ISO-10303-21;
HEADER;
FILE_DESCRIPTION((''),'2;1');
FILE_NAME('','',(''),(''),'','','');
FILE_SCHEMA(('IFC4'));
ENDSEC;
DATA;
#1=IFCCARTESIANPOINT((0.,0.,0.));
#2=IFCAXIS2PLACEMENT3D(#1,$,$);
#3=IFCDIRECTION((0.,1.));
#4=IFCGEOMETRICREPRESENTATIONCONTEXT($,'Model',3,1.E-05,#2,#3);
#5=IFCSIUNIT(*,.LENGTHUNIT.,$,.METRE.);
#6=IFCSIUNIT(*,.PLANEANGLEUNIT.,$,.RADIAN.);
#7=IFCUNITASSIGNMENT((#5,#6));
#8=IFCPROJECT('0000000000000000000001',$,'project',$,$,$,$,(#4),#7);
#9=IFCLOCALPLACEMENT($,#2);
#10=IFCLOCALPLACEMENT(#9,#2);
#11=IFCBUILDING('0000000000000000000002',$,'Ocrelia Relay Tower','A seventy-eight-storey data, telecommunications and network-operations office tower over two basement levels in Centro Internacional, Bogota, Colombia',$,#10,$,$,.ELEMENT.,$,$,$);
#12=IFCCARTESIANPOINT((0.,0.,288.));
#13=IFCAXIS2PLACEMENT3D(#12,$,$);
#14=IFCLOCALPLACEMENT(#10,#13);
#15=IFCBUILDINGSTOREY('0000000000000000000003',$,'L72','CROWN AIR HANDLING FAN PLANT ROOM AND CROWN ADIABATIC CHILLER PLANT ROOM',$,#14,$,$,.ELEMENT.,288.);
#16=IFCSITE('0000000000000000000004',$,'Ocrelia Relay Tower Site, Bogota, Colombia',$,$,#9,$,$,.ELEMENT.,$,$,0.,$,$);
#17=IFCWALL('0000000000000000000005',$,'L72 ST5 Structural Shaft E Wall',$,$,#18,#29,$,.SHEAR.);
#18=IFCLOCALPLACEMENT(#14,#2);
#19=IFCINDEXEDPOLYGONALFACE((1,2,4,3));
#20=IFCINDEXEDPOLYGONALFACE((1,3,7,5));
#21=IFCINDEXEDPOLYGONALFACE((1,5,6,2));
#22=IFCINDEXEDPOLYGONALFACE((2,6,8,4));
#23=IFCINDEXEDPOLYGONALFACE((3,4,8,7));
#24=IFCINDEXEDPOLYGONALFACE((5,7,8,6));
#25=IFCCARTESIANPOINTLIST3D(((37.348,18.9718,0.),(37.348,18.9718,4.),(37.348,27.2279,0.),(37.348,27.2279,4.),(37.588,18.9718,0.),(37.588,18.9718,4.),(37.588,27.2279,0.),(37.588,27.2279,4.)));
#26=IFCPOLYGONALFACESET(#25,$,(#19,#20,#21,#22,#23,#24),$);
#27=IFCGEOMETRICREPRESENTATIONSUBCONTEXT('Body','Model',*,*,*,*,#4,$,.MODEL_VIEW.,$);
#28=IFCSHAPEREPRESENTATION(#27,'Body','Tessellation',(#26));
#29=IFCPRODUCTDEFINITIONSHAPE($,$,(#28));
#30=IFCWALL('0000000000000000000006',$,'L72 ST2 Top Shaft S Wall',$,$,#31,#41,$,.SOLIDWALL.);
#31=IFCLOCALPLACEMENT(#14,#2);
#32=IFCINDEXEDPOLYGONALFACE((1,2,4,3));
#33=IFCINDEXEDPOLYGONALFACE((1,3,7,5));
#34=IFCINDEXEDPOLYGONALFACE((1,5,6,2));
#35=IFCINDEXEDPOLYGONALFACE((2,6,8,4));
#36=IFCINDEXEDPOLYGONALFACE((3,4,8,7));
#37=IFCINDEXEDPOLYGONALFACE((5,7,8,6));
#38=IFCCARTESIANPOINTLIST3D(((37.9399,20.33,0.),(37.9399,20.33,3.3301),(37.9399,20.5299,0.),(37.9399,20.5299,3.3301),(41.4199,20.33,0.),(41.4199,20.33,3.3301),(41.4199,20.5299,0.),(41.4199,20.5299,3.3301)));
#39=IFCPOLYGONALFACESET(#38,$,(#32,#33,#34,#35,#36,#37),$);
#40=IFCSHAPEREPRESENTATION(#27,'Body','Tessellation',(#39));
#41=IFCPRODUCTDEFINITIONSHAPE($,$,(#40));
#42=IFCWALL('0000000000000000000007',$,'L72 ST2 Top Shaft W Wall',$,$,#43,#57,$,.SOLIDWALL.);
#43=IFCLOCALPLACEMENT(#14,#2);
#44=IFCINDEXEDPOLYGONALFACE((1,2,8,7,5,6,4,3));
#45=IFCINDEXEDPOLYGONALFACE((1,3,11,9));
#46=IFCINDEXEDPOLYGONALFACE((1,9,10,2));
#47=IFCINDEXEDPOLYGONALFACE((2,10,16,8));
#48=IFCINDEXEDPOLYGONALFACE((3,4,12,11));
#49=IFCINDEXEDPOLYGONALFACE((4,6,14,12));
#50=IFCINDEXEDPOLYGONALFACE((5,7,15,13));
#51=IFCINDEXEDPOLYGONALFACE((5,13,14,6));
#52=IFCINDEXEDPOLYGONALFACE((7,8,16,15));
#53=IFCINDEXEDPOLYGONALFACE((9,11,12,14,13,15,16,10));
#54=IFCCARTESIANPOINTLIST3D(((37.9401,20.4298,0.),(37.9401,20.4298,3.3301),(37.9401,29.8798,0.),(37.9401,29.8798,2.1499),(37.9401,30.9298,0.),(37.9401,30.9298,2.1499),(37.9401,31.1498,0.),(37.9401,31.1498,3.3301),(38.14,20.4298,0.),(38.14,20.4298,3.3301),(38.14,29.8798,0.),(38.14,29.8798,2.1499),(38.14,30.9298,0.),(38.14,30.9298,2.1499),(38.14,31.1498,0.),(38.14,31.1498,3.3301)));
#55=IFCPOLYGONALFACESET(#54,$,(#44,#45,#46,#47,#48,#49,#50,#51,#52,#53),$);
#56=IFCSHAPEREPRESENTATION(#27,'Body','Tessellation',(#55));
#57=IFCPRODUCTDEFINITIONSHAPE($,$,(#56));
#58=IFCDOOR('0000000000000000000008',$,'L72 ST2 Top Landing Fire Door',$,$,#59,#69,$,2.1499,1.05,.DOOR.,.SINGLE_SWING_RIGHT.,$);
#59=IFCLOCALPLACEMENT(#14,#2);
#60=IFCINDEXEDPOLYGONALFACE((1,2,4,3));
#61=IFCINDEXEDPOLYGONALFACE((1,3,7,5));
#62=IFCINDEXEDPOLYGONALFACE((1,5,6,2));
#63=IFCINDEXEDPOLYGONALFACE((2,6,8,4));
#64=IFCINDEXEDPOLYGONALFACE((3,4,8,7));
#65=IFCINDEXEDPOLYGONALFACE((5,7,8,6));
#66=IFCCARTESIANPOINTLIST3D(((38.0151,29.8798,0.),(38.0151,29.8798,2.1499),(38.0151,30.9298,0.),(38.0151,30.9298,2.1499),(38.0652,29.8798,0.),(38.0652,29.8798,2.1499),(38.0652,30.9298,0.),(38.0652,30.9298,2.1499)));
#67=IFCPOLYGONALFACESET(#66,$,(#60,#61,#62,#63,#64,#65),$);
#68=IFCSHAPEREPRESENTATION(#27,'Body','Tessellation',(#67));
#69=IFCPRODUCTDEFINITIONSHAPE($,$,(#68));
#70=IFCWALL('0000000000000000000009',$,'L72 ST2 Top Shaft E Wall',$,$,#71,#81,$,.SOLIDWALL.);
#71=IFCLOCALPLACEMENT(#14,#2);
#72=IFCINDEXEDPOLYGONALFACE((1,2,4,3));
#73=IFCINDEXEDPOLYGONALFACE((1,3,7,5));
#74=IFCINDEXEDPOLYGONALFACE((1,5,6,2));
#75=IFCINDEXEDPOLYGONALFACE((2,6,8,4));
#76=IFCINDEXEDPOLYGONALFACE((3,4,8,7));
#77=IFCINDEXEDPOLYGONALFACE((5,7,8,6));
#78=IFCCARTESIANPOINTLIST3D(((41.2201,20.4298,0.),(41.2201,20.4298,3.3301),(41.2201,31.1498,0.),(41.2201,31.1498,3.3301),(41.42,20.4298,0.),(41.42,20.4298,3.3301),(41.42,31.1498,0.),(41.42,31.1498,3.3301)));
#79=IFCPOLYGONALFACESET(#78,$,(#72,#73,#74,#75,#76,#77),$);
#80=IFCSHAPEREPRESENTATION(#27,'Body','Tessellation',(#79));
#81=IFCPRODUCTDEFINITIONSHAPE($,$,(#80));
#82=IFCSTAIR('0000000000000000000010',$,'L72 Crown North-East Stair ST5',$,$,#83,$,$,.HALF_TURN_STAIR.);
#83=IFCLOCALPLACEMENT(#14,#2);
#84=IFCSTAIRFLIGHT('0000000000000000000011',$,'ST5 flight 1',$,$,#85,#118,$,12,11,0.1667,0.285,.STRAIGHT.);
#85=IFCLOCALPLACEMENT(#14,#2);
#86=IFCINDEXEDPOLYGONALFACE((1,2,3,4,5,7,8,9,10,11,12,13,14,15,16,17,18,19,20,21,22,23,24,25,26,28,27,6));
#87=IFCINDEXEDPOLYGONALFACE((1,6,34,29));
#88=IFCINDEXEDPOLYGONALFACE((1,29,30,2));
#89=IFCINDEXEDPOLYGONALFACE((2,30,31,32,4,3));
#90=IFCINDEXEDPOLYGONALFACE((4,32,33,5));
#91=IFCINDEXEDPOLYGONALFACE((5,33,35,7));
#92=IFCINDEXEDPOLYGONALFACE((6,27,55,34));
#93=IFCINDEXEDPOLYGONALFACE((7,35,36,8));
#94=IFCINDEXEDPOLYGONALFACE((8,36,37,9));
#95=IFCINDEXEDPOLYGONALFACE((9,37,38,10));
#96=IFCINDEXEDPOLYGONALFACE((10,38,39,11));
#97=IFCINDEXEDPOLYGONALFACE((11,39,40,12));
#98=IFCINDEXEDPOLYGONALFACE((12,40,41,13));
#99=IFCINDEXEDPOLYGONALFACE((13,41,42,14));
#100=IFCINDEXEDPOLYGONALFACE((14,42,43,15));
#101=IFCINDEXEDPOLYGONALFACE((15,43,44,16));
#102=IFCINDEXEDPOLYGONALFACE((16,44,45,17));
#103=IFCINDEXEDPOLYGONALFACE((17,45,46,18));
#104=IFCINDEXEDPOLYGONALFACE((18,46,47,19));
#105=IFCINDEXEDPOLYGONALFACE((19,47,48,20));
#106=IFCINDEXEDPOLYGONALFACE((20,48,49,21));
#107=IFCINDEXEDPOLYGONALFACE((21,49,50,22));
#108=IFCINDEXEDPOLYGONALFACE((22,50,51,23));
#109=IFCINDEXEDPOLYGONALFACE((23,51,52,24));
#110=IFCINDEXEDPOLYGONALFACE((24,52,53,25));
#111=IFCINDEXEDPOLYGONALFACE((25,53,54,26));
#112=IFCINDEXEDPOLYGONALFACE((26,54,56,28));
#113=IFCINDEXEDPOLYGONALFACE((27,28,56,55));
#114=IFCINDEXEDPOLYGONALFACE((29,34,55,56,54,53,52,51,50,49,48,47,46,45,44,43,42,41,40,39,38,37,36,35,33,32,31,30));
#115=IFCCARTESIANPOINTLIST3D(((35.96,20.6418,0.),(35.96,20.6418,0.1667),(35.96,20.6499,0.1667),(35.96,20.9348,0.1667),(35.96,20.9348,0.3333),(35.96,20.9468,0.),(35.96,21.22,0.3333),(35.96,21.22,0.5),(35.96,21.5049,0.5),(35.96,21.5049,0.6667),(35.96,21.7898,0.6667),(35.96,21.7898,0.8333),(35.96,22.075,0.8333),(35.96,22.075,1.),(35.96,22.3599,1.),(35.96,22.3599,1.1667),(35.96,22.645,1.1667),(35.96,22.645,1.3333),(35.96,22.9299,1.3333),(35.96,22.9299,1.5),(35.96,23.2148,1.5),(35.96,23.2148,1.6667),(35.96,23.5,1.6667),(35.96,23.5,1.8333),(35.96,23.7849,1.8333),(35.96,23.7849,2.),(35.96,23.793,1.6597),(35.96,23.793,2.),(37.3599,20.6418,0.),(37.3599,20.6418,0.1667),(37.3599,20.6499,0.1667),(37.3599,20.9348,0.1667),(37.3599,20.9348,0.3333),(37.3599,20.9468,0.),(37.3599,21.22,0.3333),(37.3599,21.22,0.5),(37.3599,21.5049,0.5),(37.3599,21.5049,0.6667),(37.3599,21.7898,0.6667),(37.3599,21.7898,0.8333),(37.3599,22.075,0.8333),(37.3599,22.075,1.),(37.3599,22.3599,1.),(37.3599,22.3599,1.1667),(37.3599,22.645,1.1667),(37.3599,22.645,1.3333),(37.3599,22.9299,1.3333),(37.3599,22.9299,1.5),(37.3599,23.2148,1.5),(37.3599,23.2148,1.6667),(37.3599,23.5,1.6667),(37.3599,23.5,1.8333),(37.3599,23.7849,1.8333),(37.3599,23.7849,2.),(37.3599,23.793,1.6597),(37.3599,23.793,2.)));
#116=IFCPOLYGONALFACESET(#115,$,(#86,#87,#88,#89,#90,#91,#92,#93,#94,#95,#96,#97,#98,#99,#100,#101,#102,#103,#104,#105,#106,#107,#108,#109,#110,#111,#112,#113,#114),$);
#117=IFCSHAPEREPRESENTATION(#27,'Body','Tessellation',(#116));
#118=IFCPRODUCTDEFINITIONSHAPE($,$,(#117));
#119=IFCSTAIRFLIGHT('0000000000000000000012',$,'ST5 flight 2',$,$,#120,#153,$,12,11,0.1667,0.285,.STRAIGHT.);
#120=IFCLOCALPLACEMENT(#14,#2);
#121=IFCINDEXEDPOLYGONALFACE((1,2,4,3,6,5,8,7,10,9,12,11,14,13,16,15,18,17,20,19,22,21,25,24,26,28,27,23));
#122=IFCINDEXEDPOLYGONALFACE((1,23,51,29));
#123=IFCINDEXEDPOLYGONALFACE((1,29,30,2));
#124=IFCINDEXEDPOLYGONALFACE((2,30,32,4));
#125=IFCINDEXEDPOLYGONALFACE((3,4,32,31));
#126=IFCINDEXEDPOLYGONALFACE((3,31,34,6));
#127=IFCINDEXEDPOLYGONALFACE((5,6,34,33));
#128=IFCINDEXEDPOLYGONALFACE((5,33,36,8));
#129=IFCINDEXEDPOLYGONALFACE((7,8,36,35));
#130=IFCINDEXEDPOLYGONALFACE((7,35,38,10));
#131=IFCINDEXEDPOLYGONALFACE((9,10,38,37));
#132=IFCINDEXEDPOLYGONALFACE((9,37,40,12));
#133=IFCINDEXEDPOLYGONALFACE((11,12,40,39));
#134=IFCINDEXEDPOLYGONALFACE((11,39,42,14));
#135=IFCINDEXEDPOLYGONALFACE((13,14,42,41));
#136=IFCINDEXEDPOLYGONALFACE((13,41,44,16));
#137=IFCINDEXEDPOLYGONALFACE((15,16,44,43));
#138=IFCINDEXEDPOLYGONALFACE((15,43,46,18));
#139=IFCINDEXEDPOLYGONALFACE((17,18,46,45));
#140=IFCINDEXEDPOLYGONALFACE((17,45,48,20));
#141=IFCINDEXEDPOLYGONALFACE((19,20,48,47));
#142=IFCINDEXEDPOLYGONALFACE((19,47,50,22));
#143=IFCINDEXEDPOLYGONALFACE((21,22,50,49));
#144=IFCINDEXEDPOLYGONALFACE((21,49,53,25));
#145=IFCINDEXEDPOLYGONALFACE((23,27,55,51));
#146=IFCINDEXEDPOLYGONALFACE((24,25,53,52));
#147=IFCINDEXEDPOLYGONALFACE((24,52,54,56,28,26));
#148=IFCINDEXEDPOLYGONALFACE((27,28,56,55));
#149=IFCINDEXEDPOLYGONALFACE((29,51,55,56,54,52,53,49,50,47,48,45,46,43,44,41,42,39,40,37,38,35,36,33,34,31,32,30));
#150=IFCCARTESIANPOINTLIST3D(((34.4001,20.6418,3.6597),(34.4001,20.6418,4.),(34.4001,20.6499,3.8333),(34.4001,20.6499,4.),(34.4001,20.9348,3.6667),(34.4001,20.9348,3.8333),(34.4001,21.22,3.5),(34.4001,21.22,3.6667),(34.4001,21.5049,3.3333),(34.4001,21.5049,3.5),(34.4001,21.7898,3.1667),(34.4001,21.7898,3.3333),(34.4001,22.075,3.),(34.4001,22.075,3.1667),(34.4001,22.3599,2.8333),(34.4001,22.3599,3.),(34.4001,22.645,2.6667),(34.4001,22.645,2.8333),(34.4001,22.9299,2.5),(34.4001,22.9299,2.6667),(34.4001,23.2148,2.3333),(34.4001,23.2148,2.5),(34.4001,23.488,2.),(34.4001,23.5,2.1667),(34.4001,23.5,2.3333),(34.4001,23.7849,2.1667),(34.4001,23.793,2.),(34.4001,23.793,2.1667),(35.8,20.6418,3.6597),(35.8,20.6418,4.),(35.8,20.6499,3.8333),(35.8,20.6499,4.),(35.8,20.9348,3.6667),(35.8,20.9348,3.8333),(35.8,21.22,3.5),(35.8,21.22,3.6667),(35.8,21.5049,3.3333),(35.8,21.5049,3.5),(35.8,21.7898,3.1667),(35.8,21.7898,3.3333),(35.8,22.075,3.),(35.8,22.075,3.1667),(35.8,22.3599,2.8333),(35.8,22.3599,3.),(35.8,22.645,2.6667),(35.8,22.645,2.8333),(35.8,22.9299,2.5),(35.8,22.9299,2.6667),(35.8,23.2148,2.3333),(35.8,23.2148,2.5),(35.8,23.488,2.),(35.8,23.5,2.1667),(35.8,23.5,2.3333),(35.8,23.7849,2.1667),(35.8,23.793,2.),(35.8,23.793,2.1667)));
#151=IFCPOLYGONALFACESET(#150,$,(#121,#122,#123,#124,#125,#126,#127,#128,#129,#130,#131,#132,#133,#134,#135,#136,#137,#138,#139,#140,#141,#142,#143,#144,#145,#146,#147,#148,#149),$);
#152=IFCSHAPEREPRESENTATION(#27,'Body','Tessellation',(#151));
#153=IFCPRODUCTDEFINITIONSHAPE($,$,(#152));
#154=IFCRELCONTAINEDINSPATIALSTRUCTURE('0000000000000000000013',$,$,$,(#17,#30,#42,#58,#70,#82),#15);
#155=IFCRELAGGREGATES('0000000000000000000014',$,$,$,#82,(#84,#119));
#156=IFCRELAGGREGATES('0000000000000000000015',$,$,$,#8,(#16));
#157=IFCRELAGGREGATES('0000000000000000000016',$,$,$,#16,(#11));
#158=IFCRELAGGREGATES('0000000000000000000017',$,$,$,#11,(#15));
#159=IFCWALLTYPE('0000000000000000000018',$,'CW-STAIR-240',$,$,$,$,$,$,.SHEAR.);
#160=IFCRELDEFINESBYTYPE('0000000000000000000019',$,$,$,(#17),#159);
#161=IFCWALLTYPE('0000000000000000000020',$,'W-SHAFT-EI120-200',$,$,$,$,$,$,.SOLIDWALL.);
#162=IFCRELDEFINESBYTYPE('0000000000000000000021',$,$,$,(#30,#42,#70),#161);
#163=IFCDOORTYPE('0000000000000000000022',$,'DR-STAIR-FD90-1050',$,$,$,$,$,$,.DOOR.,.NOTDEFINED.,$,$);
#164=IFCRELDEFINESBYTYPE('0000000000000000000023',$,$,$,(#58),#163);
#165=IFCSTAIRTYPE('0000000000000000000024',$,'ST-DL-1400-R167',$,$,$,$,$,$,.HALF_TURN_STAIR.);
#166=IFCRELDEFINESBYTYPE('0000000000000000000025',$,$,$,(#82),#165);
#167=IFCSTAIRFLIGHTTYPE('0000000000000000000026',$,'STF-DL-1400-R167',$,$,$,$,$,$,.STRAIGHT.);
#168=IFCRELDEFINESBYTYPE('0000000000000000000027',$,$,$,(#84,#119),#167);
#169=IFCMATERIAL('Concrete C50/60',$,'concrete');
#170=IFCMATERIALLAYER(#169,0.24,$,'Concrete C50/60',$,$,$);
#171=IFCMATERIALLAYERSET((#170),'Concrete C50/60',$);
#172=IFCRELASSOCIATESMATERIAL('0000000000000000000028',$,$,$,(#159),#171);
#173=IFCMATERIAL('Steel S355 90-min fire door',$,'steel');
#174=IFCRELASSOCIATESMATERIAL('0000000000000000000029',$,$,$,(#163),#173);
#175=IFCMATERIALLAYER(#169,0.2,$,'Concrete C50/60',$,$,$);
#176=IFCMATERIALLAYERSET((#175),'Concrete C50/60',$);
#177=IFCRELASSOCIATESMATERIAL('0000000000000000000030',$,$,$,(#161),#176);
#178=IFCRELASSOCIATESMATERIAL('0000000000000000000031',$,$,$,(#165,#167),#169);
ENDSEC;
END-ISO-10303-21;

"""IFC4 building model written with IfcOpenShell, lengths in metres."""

from ifc_helpers import new_model, si_unit, direction, frame, frame_2d, origin, place, context, subcontext, project, spatial, polyline, rectangle, outline, extrude, material, layer, layer_set, type_object, element, fill, aggregate, save


model = new_model("IFC4")

# Units and contexts
model_context = context("Model", 3, precision=1e-05, world=origin(), true_north=direction((0.0, 1.0)))
body_context = subcontext(model_context, "Body", "Model", "MODEL_VIEW")
ifc_project = project(units=[si_unit("LENGTHUNIT", "METRE"), si_unit("PLANEANGLEUNIT", "RADIAN")], contexts=[model_context])

# Site, building, storey
site_placement = place(None, origin())
site = spatial("IfcSite", under=ifc_project, at=site_placement, Name="Ocrelia Relay Tower Site, Bogota, Colombia", CompositionType="ELEMENT", RefElevation=0.0)
building_placement = place(site_placement, origin())
building = spatial("IfcBuilding", under=site, at=building_placement, Name="Ocrelia Relay Tower", Description="A seventy-eight-storey data, telecommunications and network-operations office tower over two basement levels in Centro Internacional, Bogota, Colombia", CompositionType="ELEMENT")
storey_placement = place(building_placement, frame((0.0, 0.0, 288.0)))
storey = spatial("IfcBuildingStorey", under=building, at=storey_placement, Name="L72", Description="CROWN AIR HANDLING FAN PLANT ROOM AND CROWN ADIABATIC CHILLER PLANT ROOM", CompositionType="ELEMENT", Elevation=288.0)

# Shared definitions
ifc_material_1 = material(Name="Concrete C50/60", Category="concrete")

# Shared definitions
ifc_layer_1 = layer(ifc_material_1, 0.24, Name="Concrete C50/60")
ifc_layer_set_1 = layer_set([ifc_layer_1], Name="Concrete C50/60")
wall_type_1 = type_object("IfcWallType", Name="CW-STAIR-240", PredefinedType="SHEAR", material=ifc_layer_set_1)
ifc_material_2 = material(Name="Steel S355 90-min fire door", Category="steel")
door_type = type_object("IfcDoorType", Name="DR-STAIR-FD90-1050", OperationType="NOTDEFINED", PredefinedType="DOOR", material=ifc_material_2)

# Walls
for number, where, z_axis, x_axis, name in (
    (1, (37.468, 18.9719, 0.0), (0.0, 0.0, 1.0), (0.0, 1.0, 0.0), "L72 ST5 Structural Shaft E Wall"),
):
    element("IfcWall", number, at=place(storey_placement, frame(where, z_axis=z_axis, x_axis=x_axis)), inside=storey, type_object=wall_type_1, Name=name, PredefinedType="SHEAR", context=body_context, shape_type="SweptSolid", body=[
        extrude(rectangle(XDim=8.2561, YDim=0.24, at=frame_2d((4.1279, 0.0))), origin(), (0.0, 0.0, 1.0), 4.0),
    ])
ifc_layer_2 = layer(ifc_material_1, 0.2, Name="Concrete C50/60")
ifc_layer_set_2 = layer_set([ifc_layer_2], Name="Concrete C50/60")
wall_type_2 = type_object("IfcWallType", Name="W-SHAFT-EI120-200", PredefinedType="SOLIDWALL", material=ifc_layer_set_2)
wall_1_placement = place(storey_placement, frame((37.9399, 20.4299, 0.0), z_axis=(0.0, 0.0, 1.0), x_axis=(1.0, 0.0, 0.0)))
element("IfcWall", 2, at=wall_1_placement, inside=storey, type_object=wall_type_2, Name="L72 ST2 Top Shaft S Wall", PredefinedType="SOLIDWALL", context=body_context, shape_type="SweptSolid", body=[
    extrude(rectangle(XDim=3.48, YDim=0.2, at=frame_2d((1.74, 0.0))), origin(), (0.0, 0.0, 1.0), 3.3301),
])

# Wall, opening, door
wall_2_placement = place(storey_placement, frame((38.04, 20.4299, 0.0), z_axis=(0.0, 0.0, 1.0), x_axis=(0.0, 1.0, 0.0)))
wall_2 = element("IfcWall", 3, at=wall_2_placement, inside=storey, type_object=wall_type_2, Name="L72 ST2 Top Shaft W Wall", PredefinedType="SOLIDWALL", context=body_context, shape_type="SweptSolid", body=[
    extrude(rectangle(XDim=10.72, YDim=0.2, at=frame_2d((5.3599, 0.0))), origin(), (0.0, 0.0, 1.0), 3.3301),
])
opening_1_placement = place(wall_2_placement, frame((9.45, 0.0, 0.0)))
opening_1 = element("IfcOpeningElement", 4, at=opening_1_placement, cuts=wall_2, PredefinedType="OPENING", context=body_context, shape_type="SweptSolid", body=[
    extrude(rectangle(XDim=1.05, YDim=2.1499, at=frame_2d((0.5249, 1.075))), frame((0.0, 0.1099, 0.0), z_axis=(0.0, -1.0, 0.0), x_axis=(1.0, 0.0, 0.0)), (0.0, 0.0, 1.0), 0.22),
])
door_1_placement = place(opening_1_placement, origin())
door_1 = element("IfcDoor", 5, at=door_1_placement, inside=storey, type_object=door_type, Name="L72 ST2 Top Landing Fire Door", OperationType="SINGLE_SWING_RIGHT", OverallHeight=2.1499, OverallWidth=1.05, PredefinedType="DOOR", context=body_context, shape_type="SweptSolid", body=[
    extrude(rectangle(XDim=1.05, YDim=2.1499, at=frame_2d((0.5249, 1.075))), frame((0.0, 0.0249, 0.0), z_axis=(0.0, -1.0, 0.0), x_axis=(1.0, 0.0, 0.0)), (0.0, 0.0, 1.0), 0.05),
])
fill(opening_1, door_1)

# Wall
wall_3_placement = place(storey_placement, frame((41.3201, 20.4299, 0.0), z_axis=(0.0, 0.0, 1.0), x_axis=(0.0, 1.0, 0.0)))
element("IfcWall", 6, at=wall_3_placement, inside=storey, type_object=wall_type_2, Name="L72 ST2 Top Shaft E Wall", PredefinedType="SOLIDWALL", context=body_context, shape_type="SweptSolid", body=[
    extrude(rectangle(XDim=10.72, YDim=0.2, at=frame_2d((5.3599, 0.0))), origin(), (0.0, 0.0, 1.0), 3.3301),
])

# Stair, stair flights
stair_type = type_object("IfcStairType", Name="ST-DL-1400-R167", PredefinedType="HALF_TURN_STAIR", material=ifc_material_1)
stair_placement = place(storey_placement, origin())
stair = element("IfcStair", 7, at=stair_placement, inside=storey, type_object=stair_type, Name="L72 Crown North-East Stair ST5", PredefinedType="HALF_TURN_STAIR")
stair_flight_type = type_object("IfcStairFlightType", Name="STF-DL-1400-R167", PredefinedType="STRAIGHT", material=ifc_material_1)
stair_flight_1_placement = place(storey_placement, frame((36.6599, 20.6499, 0.0), z_axis=(0.0, 0.0, 1.0), x_axis=(0.0, 1.0, 0.0)))
stair_flight_1 = element("IfcStairFlight", 8, at=stair_flight_1_placement, type_object=stair_flight_type, Name="ST5 flight 1", NumberOfRisers=12, NumberOfTreads=11, PredefinedType="STRAIGHT", RiserHeight=0.1667, TreadLength=0.285, context=body_context, shape_type="SweptSolid", body=[
    extrude(outline(polyline([(-0.0081, 0.0), (-0.0081, 0.1667), (0.0, 0.1667), (0.2849, 0.1667), (0.2849, 0.3333), (0.5701, 0.3333), (0.5701, 0.5), (0.855, 0.5), (0.855, 0.6667), (1.1399, 0.6667), (1.1399, 0.8333), (1.425, 0.8333), (1.425, 1.0), (1.71, 1.0), (1.71, 1.1667), (1.9951, 1.1667), (1.9951, 1.3333), (2.28, 1.3333), (2.28, 1.5), (2.5649, 1.5), (2.5649, 1.6667), (2.8501, 1.6667), (2.8501, 1.8333), (3.135, 1.8333), (3.135, 2.0), (3.1431, 2.0), (3.1431, 1.6597), (0.2969, 0.0), (-0.0081, 0.0)])), frame((0.0, 0.7, 0.0), z_axis=(0.0, -1.0, 0.0), x_axis=(1.0, 0.0, 0.0)), (0.0, 0.0, 1.0), 1.3999),
])
stair_flight_2_placement = place(storey_placement, frame((35.1001, 23.7849, 2.0), z_axis=(0.0, 0.0, 1.0), x_axis=(0.0, -1.0, 0.0)))
stair_flight_2 = element("IfcStairFlight", 9, at=stair_flight_2_placement, type_object=stair_flight_type, Name="ST5 flight 2", NumberOfRisers=12, NumberOfTreads=11, PredefinedType="STRAIGHT", RiserHeight=0.1667, TreadLength=0.285, context=body_context, shape_type="SweptSolid", body=[
    extrude(outline(polyline([(-0.0081, 0.0), (-0.0081, 0.1667), (0.0, 0.1667), (0.2849, 0.1667), (0.2849, 0.3333), (0.5701, 0.3333), (0.5701, 0.5), (0.855, 0.5), (0.855, 0.6667), (1.1399, 0.6667), (1.1399, 0.8333), (1.425, 0.8333), (1.425, 1.0), (1.71, 1.0), (1.71, 1.1667), (1.9951, 1.1667), (1.9951, 1.3333), (2.28, 1.3333), (2.28, 1.5), (2.5649, 1.5), (2.5649, 1.6667), (2.8501, 1.6667), (2.8501, 1.8333), (3.135, 1.8333), (3.135, 2.0), (3.1431, 2.0), (3.1431, 1.6597), (0.2969, 0.0), (-0.0081, 0.0)])), frame((0.0, 0.7, 0.0), z_axis=(0.0, -1.0, 0.0), x_axis=(1.0, 0.0, 0.0)), (0.0, 0.0, 1.0), 1.3999),
])
aggregate(stair, [stair_flight_1, stair_flight_2])

save(model, "model.ifc")
